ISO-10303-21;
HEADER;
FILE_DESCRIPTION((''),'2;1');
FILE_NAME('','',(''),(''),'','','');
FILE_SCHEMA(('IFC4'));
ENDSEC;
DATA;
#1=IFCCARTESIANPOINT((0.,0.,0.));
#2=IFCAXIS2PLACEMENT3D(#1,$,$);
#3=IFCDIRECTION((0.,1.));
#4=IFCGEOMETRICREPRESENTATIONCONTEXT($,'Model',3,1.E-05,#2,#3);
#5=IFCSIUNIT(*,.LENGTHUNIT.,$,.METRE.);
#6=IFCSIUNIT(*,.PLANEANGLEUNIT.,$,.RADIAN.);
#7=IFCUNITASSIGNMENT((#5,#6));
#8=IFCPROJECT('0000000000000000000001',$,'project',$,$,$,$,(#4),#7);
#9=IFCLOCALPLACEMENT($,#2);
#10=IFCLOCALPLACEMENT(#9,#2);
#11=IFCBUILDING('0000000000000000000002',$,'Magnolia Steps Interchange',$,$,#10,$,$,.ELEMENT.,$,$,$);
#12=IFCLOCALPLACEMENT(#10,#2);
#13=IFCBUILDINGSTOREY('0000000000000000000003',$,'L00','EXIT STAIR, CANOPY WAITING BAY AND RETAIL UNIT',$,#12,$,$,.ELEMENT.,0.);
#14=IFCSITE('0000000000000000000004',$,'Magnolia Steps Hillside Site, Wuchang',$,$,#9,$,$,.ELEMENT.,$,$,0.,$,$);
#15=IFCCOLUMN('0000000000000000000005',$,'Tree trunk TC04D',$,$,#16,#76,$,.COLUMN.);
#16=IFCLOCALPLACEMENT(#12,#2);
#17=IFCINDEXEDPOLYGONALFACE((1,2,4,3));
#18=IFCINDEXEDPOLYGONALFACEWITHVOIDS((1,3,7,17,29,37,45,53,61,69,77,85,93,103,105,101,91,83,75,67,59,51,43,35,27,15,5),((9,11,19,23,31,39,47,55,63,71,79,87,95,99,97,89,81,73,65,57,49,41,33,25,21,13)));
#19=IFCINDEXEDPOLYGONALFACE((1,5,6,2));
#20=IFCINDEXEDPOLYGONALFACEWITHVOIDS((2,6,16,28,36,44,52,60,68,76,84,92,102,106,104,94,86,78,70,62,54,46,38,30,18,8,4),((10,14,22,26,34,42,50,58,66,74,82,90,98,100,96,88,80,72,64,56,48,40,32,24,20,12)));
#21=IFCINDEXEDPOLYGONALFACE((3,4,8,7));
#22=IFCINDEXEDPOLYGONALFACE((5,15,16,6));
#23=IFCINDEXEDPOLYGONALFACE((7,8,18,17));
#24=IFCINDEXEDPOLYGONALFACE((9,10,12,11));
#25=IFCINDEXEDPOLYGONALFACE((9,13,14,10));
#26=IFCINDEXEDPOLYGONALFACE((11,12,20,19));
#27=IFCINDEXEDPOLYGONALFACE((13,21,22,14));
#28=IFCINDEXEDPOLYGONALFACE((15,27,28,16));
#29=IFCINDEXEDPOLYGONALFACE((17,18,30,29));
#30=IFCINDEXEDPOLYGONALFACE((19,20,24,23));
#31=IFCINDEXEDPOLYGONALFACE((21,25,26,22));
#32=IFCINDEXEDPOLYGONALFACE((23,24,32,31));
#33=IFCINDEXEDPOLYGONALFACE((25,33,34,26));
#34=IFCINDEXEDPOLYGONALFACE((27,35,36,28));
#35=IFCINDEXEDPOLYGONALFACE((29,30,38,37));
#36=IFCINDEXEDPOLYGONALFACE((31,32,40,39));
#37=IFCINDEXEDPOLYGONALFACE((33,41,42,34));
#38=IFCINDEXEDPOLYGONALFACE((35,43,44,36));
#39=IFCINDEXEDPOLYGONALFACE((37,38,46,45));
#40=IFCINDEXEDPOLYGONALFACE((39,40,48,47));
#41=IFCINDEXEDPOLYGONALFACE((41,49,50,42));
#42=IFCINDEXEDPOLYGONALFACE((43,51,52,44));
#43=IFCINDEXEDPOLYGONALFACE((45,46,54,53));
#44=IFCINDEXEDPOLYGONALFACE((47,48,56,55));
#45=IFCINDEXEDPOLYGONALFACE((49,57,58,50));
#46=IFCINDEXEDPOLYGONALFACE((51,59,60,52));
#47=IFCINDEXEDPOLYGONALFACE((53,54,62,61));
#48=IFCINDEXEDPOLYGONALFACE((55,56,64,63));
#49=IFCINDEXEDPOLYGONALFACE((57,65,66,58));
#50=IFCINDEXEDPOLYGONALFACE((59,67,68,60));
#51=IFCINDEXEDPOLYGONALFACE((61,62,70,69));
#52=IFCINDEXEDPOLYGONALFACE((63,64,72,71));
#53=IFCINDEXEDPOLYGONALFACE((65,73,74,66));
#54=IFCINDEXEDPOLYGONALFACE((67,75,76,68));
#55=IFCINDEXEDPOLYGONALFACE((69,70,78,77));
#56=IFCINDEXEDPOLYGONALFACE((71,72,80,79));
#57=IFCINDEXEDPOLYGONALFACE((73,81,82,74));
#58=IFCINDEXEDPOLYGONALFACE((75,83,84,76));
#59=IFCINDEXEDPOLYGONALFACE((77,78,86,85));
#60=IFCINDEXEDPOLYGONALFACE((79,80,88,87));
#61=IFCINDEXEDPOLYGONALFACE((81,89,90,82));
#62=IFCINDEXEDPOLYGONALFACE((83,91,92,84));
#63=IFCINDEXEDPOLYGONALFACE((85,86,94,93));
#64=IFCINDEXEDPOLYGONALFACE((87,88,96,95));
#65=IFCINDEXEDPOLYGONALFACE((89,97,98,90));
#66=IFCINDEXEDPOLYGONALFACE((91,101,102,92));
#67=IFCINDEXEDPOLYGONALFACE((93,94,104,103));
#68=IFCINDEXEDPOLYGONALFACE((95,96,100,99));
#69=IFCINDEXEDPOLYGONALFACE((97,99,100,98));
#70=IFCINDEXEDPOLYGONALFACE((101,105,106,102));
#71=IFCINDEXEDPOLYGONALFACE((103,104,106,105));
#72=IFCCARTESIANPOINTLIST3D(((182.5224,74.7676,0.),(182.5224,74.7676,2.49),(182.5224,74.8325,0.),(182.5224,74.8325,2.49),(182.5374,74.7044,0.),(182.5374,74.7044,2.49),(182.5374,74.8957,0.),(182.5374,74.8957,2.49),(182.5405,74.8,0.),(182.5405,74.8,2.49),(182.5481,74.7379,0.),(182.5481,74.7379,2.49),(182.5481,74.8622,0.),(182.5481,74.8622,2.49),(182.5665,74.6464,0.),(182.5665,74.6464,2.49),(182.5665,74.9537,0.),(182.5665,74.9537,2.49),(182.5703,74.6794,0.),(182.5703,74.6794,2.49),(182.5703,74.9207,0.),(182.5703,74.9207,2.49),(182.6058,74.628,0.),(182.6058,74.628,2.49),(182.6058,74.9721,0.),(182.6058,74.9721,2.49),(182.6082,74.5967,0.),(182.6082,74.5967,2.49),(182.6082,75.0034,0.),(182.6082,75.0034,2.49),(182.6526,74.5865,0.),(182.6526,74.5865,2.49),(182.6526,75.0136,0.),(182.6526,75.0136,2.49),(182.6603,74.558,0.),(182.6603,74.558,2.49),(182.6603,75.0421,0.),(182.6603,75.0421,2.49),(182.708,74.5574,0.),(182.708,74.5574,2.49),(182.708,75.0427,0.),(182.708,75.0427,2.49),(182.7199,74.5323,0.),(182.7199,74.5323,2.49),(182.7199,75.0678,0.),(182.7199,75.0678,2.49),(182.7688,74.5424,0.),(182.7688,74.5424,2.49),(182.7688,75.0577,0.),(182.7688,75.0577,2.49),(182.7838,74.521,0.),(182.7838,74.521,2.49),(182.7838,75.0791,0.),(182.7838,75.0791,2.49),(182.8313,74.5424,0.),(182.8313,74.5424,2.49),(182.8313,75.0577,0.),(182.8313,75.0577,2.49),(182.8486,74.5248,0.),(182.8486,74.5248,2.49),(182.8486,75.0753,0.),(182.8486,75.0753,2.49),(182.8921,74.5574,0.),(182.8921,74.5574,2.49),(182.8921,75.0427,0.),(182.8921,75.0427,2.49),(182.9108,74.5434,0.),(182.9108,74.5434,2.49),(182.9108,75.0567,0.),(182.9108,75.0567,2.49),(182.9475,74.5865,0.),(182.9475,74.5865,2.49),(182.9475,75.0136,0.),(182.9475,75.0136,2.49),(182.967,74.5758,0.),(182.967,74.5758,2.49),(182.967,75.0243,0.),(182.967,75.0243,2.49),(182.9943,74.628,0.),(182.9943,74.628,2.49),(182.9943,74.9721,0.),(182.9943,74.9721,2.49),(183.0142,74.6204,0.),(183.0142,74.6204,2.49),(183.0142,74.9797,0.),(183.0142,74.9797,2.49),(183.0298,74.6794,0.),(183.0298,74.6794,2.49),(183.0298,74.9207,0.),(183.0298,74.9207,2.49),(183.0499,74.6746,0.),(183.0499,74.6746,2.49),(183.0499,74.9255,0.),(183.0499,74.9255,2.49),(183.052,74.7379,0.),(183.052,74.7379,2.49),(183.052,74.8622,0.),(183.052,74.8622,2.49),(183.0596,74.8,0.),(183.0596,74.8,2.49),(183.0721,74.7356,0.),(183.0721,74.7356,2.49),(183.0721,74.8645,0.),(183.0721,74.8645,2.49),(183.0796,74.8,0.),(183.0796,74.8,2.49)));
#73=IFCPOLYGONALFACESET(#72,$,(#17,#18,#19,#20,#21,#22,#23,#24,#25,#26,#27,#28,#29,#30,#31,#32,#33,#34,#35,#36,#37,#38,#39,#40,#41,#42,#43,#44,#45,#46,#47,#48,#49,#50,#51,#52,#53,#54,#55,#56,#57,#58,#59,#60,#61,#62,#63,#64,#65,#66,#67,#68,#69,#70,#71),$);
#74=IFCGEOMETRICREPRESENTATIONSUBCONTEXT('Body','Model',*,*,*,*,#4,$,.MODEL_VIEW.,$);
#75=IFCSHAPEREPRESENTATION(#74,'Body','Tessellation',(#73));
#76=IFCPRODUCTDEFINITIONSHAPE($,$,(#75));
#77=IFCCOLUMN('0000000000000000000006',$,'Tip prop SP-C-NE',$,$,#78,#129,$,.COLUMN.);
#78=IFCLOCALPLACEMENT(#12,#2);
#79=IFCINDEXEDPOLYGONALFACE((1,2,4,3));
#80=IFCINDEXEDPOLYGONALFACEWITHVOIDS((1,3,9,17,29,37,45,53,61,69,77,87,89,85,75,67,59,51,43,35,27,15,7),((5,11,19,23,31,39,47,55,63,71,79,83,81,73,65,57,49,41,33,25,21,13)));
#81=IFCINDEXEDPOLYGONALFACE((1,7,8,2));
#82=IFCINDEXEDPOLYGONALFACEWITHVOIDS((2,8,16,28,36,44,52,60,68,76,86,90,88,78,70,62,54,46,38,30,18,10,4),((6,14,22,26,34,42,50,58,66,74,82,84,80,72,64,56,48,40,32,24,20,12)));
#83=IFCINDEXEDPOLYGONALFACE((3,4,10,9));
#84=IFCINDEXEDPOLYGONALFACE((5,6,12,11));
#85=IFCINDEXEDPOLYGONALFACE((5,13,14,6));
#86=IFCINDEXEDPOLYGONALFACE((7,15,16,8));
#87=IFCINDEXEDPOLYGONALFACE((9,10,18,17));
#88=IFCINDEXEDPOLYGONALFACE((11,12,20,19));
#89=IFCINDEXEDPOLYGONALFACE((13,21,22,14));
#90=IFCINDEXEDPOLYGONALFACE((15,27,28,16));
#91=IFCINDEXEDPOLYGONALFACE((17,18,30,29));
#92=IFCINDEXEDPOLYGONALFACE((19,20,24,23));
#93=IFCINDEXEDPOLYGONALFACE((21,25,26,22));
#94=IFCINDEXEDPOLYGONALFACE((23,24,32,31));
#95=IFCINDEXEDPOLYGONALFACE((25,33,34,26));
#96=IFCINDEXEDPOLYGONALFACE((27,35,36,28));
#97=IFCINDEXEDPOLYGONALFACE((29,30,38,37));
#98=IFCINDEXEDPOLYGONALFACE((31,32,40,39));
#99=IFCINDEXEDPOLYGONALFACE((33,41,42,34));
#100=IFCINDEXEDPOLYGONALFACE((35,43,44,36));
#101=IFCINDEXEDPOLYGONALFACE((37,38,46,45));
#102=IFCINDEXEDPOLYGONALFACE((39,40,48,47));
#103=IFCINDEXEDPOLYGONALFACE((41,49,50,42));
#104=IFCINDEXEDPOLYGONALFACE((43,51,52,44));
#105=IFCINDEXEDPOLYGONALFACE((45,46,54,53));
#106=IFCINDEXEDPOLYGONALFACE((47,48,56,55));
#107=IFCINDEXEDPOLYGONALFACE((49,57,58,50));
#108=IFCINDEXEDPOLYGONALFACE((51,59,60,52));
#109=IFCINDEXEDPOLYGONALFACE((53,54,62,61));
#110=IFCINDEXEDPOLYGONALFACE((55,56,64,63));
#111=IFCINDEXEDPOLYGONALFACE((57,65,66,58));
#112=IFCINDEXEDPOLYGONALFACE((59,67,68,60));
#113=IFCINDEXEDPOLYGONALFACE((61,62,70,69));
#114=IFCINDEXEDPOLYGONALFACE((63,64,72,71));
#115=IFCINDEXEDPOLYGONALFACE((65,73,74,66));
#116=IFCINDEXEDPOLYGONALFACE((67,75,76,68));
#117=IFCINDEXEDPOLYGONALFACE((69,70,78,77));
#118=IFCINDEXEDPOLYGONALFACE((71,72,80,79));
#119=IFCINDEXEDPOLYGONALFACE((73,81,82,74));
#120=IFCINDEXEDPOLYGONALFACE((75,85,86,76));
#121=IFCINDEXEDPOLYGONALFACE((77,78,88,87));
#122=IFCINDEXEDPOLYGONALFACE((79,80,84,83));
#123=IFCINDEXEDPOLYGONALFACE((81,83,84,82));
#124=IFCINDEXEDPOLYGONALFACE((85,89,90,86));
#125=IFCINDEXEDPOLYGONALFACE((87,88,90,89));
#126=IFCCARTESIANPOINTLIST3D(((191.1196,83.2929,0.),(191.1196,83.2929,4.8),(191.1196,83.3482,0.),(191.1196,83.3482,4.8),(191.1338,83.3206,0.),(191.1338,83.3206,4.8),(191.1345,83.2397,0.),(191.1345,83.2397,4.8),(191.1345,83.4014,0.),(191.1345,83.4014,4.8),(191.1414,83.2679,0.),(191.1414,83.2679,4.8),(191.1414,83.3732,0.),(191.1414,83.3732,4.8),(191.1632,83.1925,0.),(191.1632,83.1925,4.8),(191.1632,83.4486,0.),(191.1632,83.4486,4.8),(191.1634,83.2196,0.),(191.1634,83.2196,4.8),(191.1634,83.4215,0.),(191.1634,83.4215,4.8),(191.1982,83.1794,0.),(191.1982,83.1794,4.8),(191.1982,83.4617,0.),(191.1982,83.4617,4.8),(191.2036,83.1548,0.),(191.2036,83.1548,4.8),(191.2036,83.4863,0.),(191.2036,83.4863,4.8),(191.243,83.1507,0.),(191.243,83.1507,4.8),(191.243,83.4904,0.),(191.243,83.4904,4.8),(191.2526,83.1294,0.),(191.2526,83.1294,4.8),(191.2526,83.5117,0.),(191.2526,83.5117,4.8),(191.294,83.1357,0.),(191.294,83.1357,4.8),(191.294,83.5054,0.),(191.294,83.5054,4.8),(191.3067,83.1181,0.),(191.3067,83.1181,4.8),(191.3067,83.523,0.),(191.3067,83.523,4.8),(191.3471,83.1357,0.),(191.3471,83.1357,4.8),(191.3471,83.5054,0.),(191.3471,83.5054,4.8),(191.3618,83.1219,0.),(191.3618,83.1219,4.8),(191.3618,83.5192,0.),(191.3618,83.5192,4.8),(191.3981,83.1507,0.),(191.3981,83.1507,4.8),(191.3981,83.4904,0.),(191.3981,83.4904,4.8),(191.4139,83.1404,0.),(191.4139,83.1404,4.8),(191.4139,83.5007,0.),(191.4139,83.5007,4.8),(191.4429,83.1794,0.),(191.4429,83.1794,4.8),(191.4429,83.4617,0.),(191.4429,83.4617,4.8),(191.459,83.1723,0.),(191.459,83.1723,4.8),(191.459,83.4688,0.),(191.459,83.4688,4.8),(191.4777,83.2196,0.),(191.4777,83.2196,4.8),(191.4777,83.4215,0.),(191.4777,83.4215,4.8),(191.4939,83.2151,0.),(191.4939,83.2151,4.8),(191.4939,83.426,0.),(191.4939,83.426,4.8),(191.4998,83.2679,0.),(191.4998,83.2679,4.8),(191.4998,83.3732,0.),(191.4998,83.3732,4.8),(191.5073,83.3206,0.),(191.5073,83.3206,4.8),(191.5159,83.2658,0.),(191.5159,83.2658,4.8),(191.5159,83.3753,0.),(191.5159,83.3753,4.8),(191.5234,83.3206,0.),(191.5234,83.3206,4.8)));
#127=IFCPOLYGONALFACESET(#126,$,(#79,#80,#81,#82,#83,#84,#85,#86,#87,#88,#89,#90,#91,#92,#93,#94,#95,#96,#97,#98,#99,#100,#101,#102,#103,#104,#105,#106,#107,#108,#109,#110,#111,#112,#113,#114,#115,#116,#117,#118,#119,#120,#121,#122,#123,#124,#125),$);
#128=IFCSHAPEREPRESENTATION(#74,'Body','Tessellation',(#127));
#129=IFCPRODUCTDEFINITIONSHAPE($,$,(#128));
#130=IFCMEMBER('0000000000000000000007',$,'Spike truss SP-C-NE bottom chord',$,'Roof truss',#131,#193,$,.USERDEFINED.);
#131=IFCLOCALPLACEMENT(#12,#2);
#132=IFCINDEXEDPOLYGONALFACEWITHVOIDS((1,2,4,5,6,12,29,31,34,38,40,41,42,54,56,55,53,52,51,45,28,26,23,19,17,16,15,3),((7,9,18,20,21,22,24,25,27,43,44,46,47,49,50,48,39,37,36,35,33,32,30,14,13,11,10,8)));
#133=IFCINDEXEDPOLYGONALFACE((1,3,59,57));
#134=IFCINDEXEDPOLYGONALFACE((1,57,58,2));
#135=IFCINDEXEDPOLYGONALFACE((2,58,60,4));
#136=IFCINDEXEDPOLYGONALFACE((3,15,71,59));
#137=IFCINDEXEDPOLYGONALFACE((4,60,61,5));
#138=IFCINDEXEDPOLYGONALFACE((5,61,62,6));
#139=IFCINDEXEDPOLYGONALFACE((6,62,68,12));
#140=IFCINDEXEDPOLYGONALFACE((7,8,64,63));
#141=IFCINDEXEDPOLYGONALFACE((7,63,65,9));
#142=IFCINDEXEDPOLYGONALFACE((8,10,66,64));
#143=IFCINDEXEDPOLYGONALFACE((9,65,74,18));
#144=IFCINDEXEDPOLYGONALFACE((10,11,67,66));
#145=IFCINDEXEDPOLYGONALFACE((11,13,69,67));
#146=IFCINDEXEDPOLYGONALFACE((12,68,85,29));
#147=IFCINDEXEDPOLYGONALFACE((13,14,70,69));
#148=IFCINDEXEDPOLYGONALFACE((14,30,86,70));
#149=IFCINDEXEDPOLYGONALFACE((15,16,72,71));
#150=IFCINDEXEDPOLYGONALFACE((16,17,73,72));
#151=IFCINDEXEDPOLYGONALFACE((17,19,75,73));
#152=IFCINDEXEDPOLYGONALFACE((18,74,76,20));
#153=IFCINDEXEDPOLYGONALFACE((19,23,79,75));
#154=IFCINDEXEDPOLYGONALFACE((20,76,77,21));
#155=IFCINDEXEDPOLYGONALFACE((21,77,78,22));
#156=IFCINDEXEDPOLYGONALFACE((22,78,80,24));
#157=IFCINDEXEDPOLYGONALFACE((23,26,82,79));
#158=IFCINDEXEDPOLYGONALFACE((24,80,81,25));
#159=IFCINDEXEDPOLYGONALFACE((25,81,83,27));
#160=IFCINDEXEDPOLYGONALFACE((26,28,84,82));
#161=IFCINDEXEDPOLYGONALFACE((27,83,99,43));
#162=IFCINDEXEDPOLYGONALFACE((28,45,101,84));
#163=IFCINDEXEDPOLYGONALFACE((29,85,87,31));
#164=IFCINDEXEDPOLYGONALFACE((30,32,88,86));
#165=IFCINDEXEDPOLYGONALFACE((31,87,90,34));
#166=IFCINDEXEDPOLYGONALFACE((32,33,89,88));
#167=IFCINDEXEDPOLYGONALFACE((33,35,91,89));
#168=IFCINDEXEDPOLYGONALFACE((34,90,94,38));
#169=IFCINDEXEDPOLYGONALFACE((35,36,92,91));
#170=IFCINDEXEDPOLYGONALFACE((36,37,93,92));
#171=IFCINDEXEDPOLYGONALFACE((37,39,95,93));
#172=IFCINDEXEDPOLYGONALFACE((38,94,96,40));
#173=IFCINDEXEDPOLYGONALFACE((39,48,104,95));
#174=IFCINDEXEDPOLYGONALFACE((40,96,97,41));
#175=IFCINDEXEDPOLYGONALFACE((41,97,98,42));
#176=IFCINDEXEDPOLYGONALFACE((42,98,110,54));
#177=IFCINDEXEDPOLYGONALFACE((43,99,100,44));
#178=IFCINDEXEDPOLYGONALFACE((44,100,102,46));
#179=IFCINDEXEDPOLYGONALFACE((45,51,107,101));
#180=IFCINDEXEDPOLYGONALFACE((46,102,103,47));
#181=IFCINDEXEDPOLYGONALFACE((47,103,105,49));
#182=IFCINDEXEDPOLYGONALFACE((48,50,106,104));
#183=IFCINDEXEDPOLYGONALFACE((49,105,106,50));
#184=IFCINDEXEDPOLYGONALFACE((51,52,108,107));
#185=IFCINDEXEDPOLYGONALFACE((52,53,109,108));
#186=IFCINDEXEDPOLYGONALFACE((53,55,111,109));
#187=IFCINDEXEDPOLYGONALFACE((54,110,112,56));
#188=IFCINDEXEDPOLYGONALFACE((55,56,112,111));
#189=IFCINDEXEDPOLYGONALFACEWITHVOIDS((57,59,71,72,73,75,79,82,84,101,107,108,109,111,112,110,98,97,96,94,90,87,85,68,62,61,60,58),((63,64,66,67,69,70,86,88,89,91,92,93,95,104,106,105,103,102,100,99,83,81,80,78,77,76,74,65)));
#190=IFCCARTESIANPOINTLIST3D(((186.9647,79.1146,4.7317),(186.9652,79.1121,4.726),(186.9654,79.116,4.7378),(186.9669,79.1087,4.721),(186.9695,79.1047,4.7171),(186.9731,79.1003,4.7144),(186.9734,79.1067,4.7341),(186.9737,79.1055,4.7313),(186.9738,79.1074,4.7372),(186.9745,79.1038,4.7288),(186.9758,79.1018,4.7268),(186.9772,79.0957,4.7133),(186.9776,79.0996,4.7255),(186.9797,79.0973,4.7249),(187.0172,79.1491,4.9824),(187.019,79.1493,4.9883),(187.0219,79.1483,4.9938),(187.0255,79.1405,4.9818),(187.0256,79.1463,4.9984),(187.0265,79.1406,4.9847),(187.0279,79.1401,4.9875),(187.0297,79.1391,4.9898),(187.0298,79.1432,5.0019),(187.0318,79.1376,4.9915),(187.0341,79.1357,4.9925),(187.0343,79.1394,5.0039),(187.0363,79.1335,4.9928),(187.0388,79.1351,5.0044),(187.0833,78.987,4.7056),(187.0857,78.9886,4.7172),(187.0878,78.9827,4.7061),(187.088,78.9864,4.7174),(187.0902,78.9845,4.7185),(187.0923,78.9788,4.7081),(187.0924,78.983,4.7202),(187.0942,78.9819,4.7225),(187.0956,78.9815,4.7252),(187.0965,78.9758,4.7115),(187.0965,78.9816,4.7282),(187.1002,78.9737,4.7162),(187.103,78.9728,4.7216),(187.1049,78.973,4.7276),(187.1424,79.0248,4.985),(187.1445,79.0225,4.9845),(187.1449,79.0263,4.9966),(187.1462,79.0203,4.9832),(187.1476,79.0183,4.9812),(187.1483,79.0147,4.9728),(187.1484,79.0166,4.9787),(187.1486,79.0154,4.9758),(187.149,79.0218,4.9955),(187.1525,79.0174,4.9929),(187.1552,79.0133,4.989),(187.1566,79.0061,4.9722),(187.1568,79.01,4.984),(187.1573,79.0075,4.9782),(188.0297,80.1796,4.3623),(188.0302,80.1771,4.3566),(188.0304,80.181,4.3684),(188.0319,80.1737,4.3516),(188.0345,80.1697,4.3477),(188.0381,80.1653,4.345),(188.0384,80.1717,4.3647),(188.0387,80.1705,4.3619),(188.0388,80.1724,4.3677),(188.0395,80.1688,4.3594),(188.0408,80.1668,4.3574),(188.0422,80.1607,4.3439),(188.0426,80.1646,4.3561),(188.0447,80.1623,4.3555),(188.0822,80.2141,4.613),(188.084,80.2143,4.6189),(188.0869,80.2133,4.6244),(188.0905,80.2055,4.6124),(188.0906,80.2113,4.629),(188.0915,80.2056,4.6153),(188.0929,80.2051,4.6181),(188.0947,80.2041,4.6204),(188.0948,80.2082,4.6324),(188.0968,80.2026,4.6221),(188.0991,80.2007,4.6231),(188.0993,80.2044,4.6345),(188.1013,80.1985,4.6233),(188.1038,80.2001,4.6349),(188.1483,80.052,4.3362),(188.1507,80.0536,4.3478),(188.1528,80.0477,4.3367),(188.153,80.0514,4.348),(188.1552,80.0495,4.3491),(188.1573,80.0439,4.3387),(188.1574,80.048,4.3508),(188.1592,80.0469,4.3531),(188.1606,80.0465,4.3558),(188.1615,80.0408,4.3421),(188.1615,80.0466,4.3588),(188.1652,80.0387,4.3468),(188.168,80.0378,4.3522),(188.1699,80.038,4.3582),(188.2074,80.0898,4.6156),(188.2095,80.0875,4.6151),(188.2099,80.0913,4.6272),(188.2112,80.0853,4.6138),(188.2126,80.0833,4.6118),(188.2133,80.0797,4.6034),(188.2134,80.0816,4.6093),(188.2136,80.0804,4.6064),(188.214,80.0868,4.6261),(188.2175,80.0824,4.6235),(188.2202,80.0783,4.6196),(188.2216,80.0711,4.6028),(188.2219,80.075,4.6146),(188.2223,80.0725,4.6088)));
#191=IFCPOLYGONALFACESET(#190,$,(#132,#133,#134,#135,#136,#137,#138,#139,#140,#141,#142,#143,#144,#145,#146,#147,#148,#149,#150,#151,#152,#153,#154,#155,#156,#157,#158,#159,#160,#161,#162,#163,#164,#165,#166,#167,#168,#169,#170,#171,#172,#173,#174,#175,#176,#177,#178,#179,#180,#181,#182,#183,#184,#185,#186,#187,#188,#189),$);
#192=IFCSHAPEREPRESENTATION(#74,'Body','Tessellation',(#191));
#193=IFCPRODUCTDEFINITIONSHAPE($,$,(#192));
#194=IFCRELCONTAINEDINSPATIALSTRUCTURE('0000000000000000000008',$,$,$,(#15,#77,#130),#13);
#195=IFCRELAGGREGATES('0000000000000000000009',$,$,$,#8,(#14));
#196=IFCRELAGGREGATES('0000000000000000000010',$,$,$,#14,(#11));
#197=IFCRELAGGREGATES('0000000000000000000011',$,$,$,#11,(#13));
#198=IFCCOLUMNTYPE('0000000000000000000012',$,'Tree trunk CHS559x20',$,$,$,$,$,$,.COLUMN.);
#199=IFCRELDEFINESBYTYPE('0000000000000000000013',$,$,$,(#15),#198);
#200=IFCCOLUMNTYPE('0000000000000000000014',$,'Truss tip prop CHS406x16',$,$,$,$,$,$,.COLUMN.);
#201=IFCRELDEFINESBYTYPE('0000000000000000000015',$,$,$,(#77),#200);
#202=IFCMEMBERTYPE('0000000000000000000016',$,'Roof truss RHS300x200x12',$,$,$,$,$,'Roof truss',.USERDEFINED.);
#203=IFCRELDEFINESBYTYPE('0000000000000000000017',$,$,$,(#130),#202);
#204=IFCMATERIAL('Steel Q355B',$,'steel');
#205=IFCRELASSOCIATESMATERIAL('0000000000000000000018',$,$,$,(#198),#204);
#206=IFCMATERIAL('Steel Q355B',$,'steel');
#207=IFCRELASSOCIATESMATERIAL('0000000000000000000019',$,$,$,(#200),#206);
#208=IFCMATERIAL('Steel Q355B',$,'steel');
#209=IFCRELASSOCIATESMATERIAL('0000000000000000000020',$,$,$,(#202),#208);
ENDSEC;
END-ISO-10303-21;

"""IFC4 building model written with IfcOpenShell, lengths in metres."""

from ifc_helpers import new_model, si_unit, direction, frame, origin, origin_2d, place, context, subcontext, project, spatial, hollow_rectangle, hollow_circle, extrude, material, material_profile, profile_set, type_object, element, save


model = new_model("IFC4")

# Units and contexts
model_context = context("Model", 3, precision=1e-05, world=origin(), true_north=direction((0.0, 1.0)))
body_context = subcontext(model_context, "Body", "Model", "MODEL_VIEW")
ifc_project = project(units=[si_unit("LENGTHUNIT", "METRE"), si_unit("PLANEANGLEUNIT", "RADIAN")], contexts=[model_context])

# Site, building, storey
site_placement = place(None, origin())
site = spatial("IfcSite", under=ifc_project, at=site_placement, Name="Magnolia Steps Hillside Site, Wuchang", CompositionType="ELEMENT", RefElevation=0.0)
building_placement = place(site_placement, origin())
building = spatial("IfcBuilding", under=site, at=building_placement, Name="Magnolia Steps Interchange", CompositionType="ELEMENT")
storey_placement = place(building_placement, origin())
storey = spatial("IfcBuildingStorey", under=building, at=storey_placement, Name="L00", Description="EXIT STAIR, CANOPY WAITING BAY AND RETAIL UNIT", CompositionType="ELEMENT", Elevation=0.0)

# Columns
ifc_material_1 = material(Name="Steel Q355B", Category="steel")
ifc_material_profile_1 = material_profile(ifc_material_1, hollow_circle(Radius=0.2795, WallThickness=0.02, at=origin_2d()), Name="CHS559x20")
ifc_profile_set_1 = profile_set([ifc_material_profile_1], Name="Steel Q355B")
column_type_1 = type_object("IfcColumnType", Name="Tree trunk CHS559x20", PredefinedType="COLUMN", material=ifc_profile_set_1)
column_1_placement = place(storey_placement, frame((182.8, 74.8, 0.0), z_axis=(0.0, 0.0, 1.0), x_axis=(1.0, 0.0, 0.0)))
element("IfcColumn", 1, at=column_1_placement, inside=storey, type_object=column_type_1, Name="Tree trunk TC04D", PredefinedType="COLUMN", context=body_context, shape_type="SweptSolid", body=[
    extrude(hollow_circle(Radius=0.2795, WallThickness=0.02, at=origin_2d()), origin(), (0.0, 0.0, 1.0), 2.49),
])
ifc_material_2 = material(Name="Steel Q355B", Category="steel")
ifc_material_profile_2 = material_profile(ifc_material_2, hollow_circle(Radius=0.2029, WallThickness=0.0161, at=origin_2d()), Name="CHS406x16")
ifc_profile_set_2 = profile_set([ifc_material_profile_2], Name="Steel Q355B")
column_type_2 = type_object("IfcColumnType", Name="Truss tip prop CHS406x16", PredefinedType="COLUMN", material=ifc_profile_set_2)
column_2_placement = place(storey_placement, frame((191.3206, 83.3206, 0.0), z_axis=(0.0, 0.0, 1.0), x_axis=(1.0, 0.0, 0.0)))
element("IfcColumn", 2, at=column_2_placement, inside=storey, type_object=column_type_2, Name="Tip prop SP-C-NE", PredefinedType="COLUMN", context=body_context, shape_type="SweptSolid", body=[
    extrude(hollow_circle(Radius=0.2029, WallThickness=0.0161, at=origin_2d()), origin(), (0.0, 0.0, 1.0), 4.8),
])

# Member
ifc_material_3 = material(Name="Steel Q355B", Category="steel")
ifc_material_profile_3 = material_profile(ifc_material_3, hollow_rectangle(XDim=0.2, YDim=0.3, WallThickness=0.012, InnerFilletRadius=0.012, OuterFilletRadius=0.0239, at=origin_2d()), Name="RHS300x200x12")
ifc_profile_set_3 = profile_set([ifc_material_profile_3], Name="Steel Q355B")
member_type_1 = type_object("IfcMemberType", Name="Roof truss RHS300x200x12", ElementType="Roof truss", PredefinedType="USERDEFINED", material=ifc_profile_set_3)
member_1_placement = place(storey_placement, frame((187.061, 79.061, 4.855), z_axis=(0.686752, 0.686752, -0.238206), x_axis=(-0.697319, 0.714955, 0.050846)))
element("IfcMember", 3, at=member_1_placement, inside=storey, type_object=member_type_1, Name="Spike truss SP-C-NE bottom chord", ObjectType="Roof truss", PredefinedType="USERDEFINED", context=body_context, shape_type="SweptSolid", body=[
    extrude(hollow_rectangle(XDim=0.2, YDim=0.3, WallThickness=0.012, InnerFilletRadius=0.012, OuterFilletRadius=0.0239, at=origin_2d()), origin(), (0.0, 0.0, 1.0), 1.5508),
])

save(model, "model.ifc")
